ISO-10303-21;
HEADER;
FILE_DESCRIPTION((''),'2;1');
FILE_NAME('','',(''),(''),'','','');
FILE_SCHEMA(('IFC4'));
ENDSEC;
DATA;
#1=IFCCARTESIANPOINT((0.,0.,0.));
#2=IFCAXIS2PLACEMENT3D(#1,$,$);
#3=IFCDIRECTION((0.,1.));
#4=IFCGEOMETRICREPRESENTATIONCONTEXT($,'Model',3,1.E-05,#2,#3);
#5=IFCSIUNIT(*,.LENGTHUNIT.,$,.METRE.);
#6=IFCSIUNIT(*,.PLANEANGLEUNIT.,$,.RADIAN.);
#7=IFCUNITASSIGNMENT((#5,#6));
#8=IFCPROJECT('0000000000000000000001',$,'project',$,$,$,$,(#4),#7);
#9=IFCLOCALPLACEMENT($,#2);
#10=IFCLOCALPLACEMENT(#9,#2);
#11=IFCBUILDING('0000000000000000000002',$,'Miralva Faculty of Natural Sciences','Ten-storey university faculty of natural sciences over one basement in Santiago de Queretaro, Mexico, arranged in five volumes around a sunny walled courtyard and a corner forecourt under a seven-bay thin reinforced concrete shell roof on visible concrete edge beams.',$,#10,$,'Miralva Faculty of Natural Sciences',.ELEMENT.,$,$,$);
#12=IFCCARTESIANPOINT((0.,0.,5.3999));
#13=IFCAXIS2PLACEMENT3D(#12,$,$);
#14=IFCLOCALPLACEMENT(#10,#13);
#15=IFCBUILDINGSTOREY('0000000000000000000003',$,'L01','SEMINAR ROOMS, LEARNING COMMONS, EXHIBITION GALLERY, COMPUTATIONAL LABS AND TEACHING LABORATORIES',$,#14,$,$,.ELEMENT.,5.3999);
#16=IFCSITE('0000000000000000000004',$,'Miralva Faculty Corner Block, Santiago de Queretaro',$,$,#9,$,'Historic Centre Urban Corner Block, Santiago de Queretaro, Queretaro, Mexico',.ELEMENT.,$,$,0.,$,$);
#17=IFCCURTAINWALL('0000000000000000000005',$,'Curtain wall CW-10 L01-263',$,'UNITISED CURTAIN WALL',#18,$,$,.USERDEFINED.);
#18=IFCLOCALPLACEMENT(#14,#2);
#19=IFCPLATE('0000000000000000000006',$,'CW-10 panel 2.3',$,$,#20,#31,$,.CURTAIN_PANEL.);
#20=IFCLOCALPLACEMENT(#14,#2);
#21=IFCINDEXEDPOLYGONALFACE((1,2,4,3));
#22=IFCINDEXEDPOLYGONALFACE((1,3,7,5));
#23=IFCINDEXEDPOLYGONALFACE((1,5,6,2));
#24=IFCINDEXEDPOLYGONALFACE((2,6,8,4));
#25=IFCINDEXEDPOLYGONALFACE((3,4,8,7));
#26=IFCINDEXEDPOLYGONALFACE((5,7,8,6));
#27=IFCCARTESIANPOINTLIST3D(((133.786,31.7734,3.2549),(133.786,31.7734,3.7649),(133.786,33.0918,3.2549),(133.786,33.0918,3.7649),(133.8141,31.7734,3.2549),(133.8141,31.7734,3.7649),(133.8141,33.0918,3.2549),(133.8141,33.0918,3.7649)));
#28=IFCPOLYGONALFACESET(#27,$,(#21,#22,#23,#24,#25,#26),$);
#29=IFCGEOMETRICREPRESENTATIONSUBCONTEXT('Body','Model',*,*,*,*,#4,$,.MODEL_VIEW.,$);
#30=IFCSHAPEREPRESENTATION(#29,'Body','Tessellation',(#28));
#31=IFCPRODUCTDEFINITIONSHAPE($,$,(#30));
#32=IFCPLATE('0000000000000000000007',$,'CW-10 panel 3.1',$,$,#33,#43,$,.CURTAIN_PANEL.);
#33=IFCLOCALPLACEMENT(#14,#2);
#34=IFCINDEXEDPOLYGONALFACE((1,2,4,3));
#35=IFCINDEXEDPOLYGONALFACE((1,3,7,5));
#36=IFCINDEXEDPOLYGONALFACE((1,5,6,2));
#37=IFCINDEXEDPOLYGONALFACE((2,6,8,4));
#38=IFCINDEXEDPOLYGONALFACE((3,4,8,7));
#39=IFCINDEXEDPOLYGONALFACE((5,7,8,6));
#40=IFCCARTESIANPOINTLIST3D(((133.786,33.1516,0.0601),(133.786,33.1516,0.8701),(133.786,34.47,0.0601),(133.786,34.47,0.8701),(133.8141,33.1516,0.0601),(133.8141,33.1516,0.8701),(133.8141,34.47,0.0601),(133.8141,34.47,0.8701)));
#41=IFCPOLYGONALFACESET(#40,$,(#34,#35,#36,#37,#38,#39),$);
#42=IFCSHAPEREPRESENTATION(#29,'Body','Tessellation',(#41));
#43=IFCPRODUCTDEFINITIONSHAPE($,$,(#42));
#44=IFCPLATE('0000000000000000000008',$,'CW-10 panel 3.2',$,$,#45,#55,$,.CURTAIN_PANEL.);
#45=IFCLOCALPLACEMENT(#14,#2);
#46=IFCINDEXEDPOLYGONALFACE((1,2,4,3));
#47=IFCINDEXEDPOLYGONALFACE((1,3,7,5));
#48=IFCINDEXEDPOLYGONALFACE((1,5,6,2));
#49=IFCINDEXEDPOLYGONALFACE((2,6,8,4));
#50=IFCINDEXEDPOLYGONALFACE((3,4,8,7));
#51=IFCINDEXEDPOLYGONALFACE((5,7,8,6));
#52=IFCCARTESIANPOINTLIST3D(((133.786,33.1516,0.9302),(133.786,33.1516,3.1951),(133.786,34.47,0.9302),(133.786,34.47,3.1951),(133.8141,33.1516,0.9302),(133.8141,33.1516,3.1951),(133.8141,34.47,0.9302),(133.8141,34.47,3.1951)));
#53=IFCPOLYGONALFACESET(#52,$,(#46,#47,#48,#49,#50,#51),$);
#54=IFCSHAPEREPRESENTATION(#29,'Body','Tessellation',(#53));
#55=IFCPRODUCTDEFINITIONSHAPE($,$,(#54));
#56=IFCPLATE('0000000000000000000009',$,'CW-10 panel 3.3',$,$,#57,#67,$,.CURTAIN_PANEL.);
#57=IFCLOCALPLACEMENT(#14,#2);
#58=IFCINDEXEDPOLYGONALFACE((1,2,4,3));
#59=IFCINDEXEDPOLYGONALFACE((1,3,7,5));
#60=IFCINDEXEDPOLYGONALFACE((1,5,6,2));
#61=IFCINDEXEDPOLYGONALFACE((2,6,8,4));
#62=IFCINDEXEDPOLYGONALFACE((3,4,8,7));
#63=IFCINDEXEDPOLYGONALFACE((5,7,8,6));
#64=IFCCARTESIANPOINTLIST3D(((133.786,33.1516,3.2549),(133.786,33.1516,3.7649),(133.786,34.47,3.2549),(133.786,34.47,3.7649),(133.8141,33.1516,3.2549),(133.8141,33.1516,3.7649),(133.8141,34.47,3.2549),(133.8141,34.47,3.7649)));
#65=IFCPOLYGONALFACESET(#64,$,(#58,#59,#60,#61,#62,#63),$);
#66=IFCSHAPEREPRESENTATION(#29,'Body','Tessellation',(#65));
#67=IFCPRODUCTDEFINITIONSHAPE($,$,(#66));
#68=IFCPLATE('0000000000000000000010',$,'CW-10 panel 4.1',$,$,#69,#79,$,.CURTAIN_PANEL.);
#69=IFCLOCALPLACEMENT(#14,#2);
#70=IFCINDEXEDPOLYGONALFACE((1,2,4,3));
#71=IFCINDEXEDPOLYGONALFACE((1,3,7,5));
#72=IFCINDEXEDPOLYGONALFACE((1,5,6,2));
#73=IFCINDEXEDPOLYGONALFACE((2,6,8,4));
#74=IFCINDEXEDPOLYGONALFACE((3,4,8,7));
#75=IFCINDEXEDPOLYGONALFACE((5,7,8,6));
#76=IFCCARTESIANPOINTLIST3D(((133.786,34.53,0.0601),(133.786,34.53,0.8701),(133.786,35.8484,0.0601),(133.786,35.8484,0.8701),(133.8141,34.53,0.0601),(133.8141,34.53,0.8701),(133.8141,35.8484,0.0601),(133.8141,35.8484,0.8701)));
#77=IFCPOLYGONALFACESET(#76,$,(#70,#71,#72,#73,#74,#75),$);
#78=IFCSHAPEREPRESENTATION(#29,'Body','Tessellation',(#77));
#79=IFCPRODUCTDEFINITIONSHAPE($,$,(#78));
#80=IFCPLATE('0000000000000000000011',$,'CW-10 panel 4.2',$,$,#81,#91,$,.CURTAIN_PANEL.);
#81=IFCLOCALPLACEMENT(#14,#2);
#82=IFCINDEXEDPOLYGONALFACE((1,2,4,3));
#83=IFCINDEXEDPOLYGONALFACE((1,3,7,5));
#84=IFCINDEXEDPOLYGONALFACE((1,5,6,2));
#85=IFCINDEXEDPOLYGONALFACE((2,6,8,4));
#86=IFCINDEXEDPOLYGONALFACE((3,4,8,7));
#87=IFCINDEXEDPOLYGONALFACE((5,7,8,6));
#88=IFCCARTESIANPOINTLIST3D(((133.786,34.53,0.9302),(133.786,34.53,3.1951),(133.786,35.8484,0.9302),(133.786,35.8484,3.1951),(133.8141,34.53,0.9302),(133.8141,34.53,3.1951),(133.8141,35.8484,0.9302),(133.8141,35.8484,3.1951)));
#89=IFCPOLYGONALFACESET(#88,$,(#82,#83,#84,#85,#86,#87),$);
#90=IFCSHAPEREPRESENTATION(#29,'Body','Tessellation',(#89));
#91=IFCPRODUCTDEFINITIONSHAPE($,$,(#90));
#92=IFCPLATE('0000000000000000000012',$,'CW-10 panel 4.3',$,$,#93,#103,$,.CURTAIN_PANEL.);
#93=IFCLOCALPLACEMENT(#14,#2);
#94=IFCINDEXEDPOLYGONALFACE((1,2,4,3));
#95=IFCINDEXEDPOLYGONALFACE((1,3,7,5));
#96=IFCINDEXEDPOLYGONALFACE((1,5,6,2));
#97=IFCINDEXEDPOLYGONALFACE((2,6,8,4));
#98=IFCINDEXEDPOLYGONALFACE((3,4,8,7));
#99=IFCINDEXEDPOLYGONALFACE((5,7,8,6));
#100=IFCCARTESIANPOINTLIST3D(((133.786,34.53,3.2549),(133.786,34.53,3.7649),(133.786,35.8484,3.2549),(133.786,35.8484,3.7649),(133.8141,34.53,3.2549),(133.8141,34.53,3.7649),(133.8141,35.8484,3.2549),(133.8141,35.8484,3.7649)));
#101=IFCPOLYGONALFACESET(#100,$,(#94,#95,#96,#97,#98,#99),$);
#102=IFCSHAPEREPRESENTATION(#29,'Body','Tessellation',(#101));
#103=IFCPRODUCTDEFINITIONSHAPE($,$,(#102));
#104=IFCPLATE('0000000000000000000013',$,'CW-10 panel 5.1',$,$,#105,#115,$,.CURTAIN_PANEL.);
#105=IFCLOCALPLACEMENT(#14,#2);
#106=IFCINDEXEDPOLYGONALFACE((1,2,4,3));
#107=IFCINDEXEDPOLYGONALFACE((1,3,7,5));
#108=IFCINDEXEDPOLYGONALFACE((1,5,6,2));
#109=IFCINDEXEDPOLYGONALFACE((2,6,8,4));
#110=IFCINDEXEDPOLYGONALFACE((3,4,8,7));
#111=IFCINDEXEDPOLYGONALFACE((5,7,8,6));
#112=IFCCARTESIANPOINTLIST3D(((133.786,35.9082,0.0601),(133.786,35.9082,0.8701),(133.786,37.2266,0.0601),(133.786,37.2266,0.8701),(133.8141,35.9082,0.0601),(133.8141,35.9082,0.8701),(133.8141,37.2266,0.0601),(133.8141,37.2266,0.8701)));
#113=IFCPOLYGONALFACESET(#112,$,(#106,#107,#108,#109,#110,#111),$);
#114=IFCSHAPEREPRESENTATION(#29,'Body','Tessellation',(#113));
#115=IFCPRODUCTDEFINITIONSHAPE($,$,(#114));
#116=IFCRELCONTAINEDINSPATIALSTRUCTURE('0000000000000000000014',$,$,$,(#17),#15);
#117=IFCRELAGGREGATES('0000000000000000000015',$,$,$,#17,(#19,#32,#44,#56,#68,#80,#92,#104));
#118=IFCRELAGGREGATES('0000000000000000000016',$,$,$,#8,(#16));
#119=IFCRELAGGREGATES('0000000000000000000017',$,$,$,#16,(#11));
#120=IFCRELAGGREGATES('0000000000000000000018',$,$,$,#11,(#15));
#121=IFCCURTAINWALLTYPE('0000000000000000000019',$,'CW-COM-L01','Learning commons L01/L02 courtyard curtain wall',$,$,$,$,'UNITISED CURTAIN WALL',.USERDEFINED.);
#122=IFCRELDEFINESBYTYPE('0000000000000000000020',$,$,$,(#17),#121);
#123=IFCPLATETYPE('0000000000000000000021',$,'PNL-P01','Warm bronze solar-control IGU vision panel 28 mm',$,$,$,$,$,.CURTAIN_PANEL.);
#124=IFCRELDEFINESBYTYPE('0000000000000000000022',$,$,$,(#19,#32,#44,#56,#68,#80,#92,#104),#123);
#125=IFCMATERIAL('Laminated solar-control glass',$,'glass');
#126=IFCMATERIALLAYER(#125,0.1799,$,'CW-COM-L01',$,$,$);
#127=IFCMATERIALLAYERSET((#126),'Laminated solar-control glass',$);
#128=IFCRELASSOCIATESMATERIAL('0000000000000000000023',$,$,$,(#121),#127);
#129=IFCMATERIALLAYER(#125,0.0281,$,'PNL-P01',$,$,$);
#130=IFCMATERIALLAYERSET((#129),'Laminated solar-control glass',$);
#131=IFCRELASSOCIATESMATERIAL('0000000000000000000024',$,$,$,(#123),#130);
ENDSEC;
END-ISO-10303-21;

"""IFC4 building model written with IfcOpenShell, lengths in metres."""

from ifc_helpers import new_model, si_unit, direction, frame, origin, origin_2d, place, context, subcontext, project, spatial, rectangle, extrude, material, layer, layer_set, type_object, element, aggregate, save


model = new_model("IFC4")

# Units and contexts
model_context = context("Model", 3, precision=1e-05, world=origin(), true_north=direction((0.0, 1.0)))
body_context = subcontext(model_context, "Body", "Model", "MODEL_VIEW")
ifc_project = project(units=[si_unit("LENGTHUNIT", "METRE"), si_unit("PLANEANGLEUNIT", "RADIAN")], contexts=[model_context])

# Site, building, storey
site_placement = place(None, origin())
site = spatial("IfcSite", under=ifc_project, at=site_placement, Name="Miralva Faculty Corner Block, Santiago de Queretaro", LongName="Historic Centre Urban Corner Block, Santiago de Queretaro, Queretaro, Mexico", CompositionType="ELEMENT", RefElevation=0.0)
building_placement = place(site_placement, origin())
building = spatial("IfcBuilding", under=site, at=building_placement, Name="Miralva Faculty of Natural Sciences", Description="Ten-storey university faculty of natural sciences over one basement in Santiago de Queretaro, Mexico, arranged in five volumes around a sunny walled courtyard and a corner forecourt under a seven-bay thin reinforced concrete shell roof on visible concrete edge beams.", LongName="Miralva Faculty of Natural Sciences", CompositionType="ELEMENT")
storey_placement = place(building_placement, frame((0.0, 0.0, 5.3999)))
storey = spatial("IfcBuildingStorey", under=building, at=storey_placement, Name="L01", Description="SEMINAR ROOMS, LEARNING COMMONS, EXHIBITION GALLERY, COMPUTATIONAL LABS AND TEACHING LABORATORIES", CompositionType="ELEMENT", Elevation=5.3999)

# Curtain wall, plates
ifc_material_1 = material(Name="Laminated solar-control glass", Category="glass")
ifc_layer_1 = layer(ifc_material_1, 0.1799, Name="CW-COM-L01")
ifc_layer_set_1 = layer_set([ifc_layer_1], Name="Laminated solar-control glass")
curtain_wall_type = type_object("IfcCurtainWallType", Name="CW-COM-L01", Description="Learning commons L01/L02 courtyard curtain wall", ElementType="UNITISED CURTAIN WALL", PredefinedType="USERDEFINED", material=ifc_layer_set_1)
curtain_wall_placement = place(storey_placement, origin())
curtain_wall = element("IfcCurtainWall", 1, at=curtain_wall_placement, inside=storey, type_object=curtain_wall_type, Name="Curtain wall CW-10 L01-263", ObjectType="UNITISED CURTAIN WALL", PredefinedType="USERDEFINED")
ifc_layer_2 = layer(ifc_material_1, 0.0281, Name="PNL-P01")
ifc_layer_set_2 = layer_set([ifc_layer_2], Name="Laminated solar-control glass")
plate_type = type_object("IfcPlateType", Name="PNL-P01", Description="Warm bronze solar-control IGU vision panel 28 mm", PredefinedType="CURTAIN_PANEL", material=ifc_layer_set_2)
plate_1_placement = place(storey_placement, frame((133.8, 32.4326, 3.2549), z_axis=(0.0, 0.0, 1.0), x_axis=(0.0, 1.0, 0.0)))
plate_1 = element("IfcPlate", 2, at=plate_1_placement, type_object=plate_type, Name="CW-10 panel 2.3", PredefinedType="CURTAIN_PANEL", context=body_context, shape_type="SweptSolid", body=[
    extrude(rectangle(XDim=1.3184, YDim=0.0281, at=origin_2d()), origin(), (0.0, 0.0, 1.0), 0.51),
])
plate_2_placement = place(storey_placement, frame((133.8, 33.8108, 0.0601), z_axis=(0.0, 0.0, 1.0), x_axis=(0.0, 1.0, 0.0)))
plate_2 = element("IfcPlate", 3, at=plate_2_placement, type_object=plate_type, Name="CW-10 panel 3.1", PredefinedType="CURTAIN_PANEL", context=body_context, shape_type="SweptSolid", body=[
    extrude(rectangle(XDim=1.3184, YDim=0.0281, at=origin_2d()), origin(), (0.0, 0.0, 1.0), 0.8101),
])
plate_3_placement = place(storey_placement, frame((133.8, 33.8108, 0.9302), z_axis=(0.0, 0.0, 1.0), x_axis=(0.0, 1.0, 0.0)))
plate_3 = element("IfcPlate", 4, at=plate_3_placement, type_object=plate_type, Name="CW-10 panel 3.2", PredefinedType="CURTAIN_PANEL", context=body_context, shape_type="SweptSolid", body=[
    extrude(rectangle(XDim=1.3184, YDim=0.0281, at=origin_2d()), origin(), (0.0, 0.0, 1.0), 2.2649),
])
plate_4_placement = place(storey_placement, frame((133.8, 33.8108, 3.2549), z_axis=(0.0, 0.0, 1.0), x_axis=(0.0, 1.0, 0.0)))
plate_4 = element("IfcPlate", 5, at=plate_4_placement, type_object=plate_type, Name="CW-10 panel 3.3", PredefinedType="CURTAIN_PANEL", context=body_context, shape_type="SweptSolid", body=[
    extrude(rectangle(XDim=1.3184, YDim=0.0281, at=origin_2d()), origin(), (0.0, 0.0, 1.0), 0.51),
])
plate_5_placement = place(storey_placement, frame((133.8, 35.1892, 0.0601), z_axis=(0.0, 0.0, 1.0), x_axis=(0.0, 1.0, 0.0)))
plate_5 = element("IfcPlate", 6, at=plate_5_placement, type_object=plate_type, Name="CW-10 panel 4.1", PredefinedType="CURTAIN_PANEL", context=body_context, shape_type="SweptSolid", body=[
    extrude(rectangle(XDim=1.3184, YDim=0.0281, at=origin_2d()), origin(), (0.0, 0.0, 1.0), 0.8101),
])
plate_6_placement = place(storey_placement, frame((133.8, 35.1892, 0.9302), z_axis=(0.0, 0.0, 1.0), x_axis=(0.0, 1.0, 0.0)))
plate_6 = element("IfcPlate", 7, at=plate_6_placement, type_object=plate_type, Name="CW-10 panel 4.2", PredefinedType="CURTAIN_PANEL", context=body_context, shape_type="SweptSolid", body=[
    extrude(rectangle(XDim=1.3184, YDim=0.0281, at=origin_2d()), origin(), (0.0, 0.0, 1.0), 2.2649),
])
plate_7_placement = place(storey_placement, frame((133.8, 35.1892, 3.2549), z_axis=(0.0, 0.0, 1.0), x_axis=(0.0, 1.0, 0.0)))
plate_7 = element("IfcPlate", 8, at=plate_7_placement, type_object=plate_type, Name="CW-10 panel 4.3", PredefinedType="CURTAIN_PANEL", context=body_context, shape_type="SweptSolid", body=[
    extrude(rectangle(XDim=1.3184, YDim=0.0281, at=origin_2d()), origin(), (0.0, 0.0, 1.0), 0.51),
])
plate_8_placement = place(storey_placement, frame((133.8, 36.5674, 0.0601), z_axis=(0.0, 0.0, 1.0), x_axis=(0.0, 1.0, 0.0)))
plate_8 = element("IfcPlate", 9, at=plate_8_placement, type_object=plate_type, Name="CW-10 panel 5.1", PredefinedType="CURTAIN_PANEL", context=body_context, shape_type="SweptSolid", body=[
    extrude(rectangle(XDim=1.3184, YDim=0.0281, at=origin_2d()), origin(), (0.0, 0.0, 1.0), 0.8101),
])
aggregate(curtain_wall, [plate_1, plate_2, plate_3, plate_4, plate_5, plate_6, plate_7, plate_8])

save(model, "model.ifc")
